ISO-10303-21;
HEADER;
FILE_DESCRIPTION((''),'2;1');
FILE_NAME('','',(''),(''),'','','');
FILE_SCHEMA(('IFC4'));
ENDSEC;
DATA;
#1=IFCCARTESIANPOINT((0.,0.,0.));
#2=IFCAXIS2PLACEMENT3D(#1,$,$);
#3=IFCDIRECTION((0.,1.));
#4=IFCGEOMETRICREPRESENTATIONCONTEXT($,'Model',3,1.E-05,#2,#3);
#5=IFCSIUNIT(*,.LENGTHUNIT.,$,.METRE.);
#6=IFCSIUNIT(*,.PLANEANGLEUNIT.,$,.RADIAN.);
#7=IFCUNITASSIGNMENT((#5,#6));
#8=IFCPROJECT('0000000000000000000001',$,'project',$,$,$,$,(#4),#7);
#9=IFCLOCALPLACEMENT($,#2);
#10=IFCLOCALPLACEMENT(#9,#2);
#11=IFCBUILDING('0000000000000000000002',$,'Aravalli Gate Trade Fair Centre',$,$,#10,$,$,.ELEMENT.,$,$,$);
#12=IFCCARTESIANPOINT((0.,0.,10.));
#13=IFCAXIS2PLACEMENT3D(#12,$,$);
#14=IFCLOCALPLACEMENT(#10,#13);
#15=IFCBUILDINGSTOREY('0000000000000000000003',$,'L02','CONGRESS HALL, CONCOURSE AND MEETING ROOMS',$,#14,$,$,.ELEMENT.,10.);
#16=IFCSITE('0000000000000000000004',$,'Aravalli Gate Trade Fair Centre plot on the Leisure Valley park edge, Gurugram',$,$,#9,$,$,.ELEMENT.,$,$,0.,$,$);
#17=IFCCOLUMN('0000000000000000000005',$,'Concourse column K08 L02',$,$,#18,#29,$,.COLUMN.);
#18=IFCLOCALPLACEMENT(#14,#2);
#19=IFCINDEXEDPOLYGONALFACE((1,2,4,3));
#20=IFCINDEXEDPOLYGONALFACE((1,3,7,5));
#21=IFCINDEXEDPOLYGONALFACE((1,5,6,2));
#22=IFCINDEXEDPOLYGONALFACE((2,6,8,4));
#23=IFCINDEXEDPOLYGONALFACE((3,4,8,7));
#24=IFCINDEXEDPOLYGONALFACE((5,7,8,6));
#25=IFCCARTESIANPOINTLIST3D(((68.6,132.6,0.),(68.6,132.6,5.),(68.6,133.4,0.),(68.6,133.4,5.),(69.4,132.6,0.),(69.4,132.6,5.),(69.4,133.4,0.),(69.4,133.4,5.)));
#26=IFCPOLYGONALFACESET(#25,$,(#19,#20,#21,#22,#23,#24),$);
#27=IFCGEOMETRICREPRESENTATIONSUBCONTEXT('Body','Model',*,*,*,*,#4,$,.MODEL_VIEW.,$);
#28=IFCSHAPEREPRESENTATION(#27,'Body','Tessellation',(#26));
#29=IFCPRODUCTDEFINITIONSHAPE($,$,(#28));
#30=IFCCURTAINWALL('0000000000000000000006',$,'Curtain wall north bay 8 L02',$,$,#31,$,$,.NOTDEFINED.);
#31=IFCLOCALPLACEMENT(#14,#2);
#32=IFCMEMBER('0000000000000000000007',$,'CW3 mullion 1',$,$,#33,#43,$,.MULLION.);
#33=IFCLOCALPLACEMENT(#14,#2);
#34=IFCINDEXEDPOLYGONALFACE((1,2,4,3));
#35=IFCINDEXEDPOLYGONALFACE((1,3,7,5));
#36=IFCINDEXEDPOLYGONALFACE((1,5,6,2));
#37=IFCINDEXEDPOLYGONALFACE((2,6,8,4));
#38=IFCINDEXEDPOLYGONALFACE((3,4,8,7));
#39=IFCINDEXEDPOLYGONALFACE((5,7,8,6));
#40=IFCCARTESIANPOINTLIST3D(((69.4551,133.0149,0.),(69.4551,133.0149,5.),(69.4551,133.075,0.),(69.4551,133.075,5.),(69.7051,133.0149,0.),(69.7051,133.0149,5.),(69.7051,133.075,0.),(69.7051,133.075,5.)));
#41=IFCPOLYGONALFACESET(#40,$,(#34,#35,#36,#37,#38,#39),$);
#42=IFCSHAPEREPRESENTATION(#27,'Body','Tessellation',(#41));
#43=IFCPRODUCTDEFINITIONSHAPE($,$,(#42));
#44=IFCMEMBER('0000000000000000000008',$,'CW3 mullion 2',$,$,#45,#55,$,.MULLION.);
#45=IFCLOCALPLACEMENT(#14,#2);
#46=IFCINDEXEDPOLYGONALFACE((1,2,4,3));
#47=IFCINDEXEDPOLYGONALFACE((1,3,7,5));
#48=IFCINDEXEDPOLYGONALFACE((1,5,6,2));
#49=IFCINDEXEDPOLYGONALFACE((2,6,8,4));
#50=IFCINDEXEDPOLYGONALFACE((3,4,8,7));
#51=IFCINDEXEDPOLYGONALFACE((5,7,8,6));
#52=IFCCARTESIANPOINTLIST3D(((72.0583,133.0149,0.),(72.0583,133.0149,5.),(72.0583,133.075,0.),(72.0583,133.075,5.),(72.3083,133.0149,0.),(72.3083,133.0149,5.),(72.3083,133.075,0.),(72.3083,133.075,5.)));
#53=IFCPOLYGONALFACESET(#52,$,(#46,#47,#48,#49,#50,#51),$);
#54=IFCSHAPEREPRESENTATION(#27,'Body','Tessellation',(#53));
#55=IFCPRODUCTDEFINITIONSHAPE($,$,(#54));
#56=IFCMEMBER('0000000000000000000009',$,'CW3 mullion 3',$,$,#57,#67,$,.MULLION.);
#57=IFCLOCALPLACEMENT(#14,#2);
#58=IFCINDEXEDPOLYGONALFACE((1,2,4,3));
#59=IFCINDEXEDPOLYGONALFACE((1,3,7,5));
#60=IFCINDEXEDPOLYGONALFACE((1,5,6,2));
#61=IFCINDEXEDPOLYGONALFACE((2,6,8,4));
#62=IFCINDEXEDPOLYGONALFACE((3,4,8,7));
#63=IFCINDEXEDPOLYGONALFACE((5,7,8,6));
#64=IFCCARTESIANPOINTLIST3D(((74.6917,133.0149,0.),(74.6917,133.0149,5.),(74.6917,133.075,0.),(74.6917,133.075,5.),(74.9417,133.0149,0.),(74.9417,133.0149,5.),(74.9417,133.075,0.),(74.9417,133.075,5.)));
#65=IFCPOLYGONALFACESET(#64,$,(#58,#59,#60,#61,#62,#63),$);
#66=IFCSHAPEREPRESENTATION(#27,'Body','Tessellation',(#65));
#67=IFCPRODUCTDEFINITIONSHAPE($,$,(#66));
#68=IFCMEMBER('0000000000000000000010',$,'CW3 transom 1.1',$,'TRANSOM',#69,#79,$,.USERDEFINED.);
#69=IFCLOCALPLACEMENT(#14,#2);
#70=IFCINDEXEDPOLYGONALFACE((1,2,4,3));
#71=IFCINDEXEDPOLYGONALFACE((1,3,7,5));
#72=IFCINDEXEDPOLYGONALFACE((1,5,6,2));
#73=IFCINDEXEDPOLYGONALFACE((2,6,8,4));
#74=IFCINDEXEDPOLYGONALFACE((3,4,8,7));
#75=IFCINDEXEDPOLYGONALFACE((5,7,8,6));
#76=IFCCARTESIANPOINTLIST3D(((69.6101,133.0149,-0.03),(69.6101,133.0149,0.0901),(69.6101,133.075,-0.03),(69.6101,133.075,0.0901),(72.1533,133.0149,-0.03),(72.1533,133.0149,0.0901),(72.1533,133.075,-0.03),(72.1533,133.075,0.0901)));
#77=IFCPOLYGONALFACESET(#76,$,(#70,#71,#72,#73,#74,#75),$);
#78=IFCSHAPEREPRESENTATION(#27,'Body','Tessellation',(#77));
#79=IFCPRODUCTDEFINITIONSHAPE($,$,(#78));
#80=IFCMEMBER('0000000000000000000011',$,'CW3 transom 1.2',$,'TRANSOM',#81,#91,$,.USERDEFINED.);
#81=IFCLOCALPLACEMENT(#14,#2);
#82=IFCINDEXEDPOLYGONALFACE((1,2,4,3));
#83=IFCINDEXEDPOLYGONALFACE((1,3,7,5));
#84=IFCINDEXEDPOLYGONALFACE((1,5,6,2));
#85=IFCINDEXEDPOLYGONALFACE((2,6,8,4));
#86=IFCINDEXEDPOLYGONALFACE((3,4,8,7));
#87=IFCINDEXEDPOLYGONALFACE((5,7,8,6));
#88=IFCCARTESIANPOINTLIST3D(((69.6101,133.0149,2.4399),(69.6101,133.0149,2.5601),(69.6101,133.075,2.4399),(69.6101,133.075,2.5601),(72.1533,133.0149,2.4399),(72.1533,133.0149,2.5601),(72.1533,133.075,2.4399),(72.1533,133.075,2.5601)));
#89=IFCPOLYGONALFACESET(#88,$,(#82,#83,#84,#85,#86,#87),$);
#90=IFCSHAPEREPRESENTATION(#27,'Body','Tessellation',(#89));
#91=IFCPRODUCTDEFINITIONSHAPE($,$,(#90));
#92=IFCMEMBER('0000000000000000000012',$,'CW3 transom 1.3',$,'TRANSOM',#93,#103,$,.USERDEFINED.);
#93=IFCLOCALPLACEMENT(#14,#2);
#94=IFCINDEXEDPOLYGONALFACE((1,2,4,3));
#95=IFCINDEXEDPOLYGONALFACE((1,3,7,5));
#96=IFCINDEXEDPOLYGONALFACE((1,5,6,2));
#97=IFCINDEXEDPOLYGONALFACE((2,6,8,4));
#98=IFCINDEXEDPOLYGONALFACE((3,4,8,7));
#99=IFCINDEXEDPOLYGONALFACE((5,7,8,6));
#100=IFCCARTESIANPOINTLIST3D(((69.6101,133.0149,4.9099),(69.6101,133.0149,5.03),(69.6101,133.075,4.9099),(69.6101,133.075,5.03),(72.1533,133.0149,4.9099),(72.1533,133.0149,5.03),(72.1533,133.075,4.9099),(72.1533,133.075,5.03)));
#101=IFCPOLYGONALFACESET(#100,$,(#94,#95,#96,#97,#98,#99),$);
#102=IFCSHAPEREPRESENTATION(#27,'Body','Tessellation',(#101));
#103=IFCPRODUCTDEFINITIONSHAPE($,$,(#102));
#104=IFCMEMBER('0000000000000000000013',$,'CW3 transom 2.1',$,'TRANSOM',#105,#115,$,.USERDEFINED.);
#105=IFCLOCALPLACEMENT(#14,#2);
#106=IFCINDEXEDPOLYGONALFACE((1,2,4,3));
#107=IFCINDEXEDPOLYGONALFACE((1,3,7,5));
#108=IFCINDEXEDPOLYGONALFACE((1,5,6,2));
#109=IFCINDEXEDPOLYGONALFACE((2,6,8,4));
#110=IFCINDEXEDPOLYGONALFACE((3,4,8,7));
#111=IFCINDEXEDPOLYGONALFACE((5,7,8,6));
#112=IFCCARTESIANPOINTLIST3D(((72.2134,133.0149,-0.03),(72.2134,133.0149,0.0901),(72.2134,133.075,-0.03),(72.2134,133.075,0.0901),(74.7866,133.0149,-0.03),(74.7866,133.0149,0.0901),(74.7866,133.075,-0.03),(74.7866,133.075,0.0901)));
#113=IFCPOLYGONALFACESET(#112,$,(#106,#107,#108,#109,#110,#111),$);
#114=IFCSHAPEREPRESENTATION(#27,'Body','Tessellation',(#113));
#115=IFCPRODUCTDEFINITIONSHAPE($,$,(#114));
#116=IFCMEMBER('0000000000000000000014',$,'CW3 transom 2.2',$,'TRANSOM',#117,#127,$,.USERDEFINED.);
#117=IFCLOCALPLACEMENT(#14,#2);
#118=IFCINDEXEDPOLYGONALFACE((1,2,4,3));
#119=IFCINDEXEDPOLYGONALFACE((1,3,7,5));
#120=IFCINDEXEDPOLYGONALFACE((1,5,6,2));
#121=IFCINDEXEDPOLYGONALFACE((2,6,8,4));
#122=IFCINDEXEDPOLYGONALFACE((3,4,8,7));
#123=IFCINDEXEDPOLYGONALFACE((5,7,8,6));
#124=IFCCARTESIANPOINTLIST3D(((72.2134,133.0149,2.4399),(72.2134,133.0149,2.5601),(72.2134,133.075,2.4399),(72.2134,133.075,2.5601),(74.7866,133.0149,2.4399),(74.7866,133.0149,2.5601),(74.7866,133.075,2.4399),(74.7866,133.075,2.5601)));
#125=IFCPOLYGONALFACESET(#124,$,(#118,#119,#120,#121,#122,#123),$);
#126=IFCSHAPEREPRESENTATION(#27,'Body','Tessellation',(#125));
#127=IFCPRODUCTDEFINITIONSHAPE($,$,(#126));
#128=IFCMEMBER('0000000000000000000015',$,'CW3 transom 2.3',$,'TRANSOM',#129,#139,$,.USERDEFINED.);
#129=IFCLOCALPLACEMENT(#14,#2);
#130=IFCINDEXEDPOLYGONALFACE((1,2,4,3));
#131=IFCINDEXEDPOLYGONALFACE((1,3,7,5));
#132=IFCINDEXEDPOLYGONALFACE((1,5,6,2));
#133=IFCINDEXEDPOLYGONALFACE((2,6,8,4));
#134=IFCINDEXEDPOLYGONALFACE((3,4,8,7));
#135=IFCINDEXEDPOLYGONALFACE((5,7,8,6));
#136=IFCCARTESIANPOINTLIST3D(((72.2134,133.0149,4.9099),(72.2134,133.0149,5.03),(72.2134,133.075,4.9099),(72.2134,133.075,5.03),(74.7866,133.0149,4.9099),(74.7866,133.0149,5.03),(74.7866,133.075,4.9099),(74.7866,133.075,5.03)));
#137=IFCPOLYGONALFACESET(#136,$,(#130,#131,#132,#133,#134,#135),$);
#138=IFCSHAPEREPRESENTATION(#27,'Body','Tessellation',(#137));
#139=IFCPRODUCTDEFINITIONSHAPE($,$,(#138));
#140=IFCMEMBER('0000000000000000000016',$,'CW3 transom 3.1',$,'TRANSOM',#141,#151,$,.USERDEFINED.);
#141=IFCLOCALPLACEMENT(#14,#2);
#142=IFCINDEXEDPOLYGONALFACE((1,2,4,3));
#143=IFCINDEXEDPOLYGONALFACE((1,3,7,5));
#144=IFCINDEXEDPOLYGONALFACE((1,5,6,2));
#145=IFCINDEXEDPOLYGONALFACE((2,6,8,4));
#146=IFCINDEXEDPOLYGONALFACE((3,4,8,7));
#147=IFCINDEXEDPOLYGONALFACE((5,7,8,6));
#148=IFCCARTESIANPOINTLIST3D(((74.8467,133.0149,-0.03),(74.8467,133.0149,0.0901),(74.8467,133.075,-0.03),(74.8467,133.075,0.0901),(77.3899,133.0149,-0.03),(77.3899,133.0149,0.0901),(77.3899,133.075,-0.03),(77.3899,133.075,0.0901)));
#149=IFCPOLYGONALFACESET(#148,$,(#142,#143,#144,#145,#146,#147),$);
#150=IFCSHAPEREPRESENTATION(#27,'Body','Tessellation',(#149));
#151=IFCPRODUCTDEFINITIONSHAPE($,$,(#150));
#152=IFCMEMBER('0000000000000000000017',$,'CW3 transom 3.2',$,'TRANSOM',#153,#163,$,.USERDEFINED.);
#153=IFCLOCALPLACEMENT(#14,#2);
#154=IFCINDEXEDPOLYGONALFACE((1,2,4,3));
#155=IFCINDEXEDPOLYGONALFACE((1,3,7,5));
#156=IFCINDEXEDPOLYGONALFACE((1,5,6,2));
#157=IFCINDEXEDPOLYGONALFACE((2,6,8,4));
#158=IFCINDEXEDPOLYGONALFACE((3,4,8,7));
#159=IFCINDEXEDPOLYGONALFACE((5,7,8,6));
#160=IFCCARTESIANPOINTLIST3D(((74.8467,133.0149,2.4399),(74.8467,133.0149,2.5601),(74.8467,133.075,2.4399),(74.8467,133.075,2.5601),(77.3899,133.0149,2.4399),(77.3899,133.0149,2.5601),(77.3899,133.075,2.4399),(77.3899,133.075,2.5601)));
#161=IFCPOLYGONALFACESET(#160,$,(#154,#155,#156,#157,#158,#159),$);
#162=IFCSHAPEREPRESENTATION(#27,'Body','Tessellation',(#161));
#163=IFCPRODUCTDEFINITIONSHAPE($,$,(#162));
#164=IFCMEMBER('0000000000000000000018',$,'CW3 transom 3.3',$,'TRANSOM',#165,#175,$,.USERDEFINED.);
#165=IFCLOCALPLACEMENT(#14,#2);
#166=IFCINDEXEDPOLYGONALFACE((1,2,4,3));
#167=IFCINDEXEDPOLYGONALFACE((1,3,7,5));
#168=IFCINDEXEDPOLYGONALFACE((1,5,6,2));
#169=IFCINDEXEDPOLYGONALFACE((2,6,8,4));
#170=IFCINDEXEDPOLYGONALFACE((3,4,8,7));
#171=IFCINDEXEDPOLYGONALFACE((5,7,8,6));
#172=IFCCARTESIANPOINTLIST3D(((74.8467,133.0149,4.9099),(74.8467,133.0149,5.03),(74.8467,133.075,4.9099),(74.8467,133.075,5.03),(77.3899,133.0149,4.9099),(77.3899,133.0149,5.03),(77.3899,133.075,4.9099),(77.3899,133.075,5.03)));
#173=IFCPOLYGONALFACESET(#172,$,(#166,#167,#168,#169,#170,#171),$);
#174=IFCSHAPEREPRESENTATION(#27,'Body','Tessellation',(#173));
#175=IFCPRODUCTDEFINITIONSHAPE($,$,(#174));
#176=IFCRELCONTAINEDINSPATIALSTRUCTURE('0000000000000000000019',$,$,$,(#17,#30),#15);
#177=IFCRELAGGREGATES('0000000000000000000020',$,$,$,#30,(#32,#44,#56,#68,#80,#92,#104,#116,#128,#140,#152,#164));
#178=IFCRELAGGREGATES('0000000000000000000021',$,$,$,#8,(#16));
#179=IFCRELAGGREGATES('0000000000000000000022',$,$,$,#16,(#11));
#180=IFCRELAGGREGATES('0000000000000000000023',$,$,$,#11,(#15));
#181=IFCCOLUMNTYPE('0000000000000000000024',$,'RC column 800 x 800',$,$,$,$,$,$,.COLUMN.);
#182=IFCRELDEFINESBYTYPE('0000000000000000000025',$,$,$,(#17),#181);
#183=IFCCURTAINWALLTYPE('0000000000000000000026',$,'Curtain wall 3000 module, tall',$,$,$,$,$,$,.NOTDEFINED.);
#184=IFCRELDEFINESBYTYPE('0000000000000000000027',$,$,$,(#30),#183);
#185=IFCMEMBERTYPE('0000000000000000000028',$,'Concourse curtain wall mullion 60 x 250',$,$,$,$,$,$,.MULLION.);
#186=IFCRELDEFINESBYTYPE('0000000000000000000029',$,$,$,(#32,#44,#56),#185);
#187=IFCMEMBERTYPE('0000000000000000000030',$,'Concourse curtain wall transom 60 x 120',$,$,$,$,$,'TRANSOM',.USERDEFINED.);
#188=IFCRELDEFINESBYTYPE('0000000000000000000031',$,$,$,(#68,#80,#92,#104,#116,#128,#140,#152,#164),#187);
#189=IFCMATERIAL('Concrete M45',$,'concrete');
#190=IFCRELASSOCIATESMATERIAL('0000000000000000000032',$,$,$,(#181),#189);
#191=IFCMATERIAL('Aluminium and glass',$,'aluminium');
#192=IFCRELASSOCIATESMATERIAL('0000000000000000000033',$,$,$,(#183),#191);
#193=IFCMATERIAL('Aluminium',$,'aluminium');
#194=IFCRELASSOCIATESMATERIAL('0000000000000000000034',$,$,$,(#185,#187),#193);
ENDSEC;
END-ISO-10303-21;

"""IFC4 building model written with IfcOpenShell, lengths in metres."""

from ifc_helpers import new_model, si_unit, direction, frame, origin, origin_2d, place, context, subcontext, project, spatial, rectangle, extrude, material, material_profile, profile_set, type_object, element, aggregate, save


model = new_model("IFC4")

# Units and contexts
model_context = context("Model", 3, precision=1e-05, world=origin(), true_north=direction((0.0, 1.0)))
body_context = subcontext(model_context, "Body", "Model", "MODEL_VIEW")
ifc_project = project(units=[si_unit("LENGTHUNIT", "METRE"), si_unit("PLANEANGLEUNIT", "RADIAN")], contexts=[model_context])

# Site, building, storey
site_placement = place(None, origin())
site = spatial("IfcSite", under=ifc_project, at=site_placement, Name="Aravalli Gate Trade Fair Centre plot on the Leisure Valley park edge, Gurugram", CompositionType="ELEMENT", RefElevation=0.0)
building_placement = place(site_placement, origin())
building = spatial("IfcBuilding", under=site, at=building_placement, Name="Aravalli Gate Trade Fair Centre", CompositionType="ELEMENT")
storey_placement = place(building_placement, frame((0.0, 0.0, 10.0)))
storey = spatial("IfcBuildingStorey", under=building, at=storey_placement, Name="L02", Description="CONGRESS HALL, CONCOURSE AND MEETING ROOMS", CompositionType="ELEMENT", Elevation=10.0)

# Column
ifc_material_1 = material(Name="Concrete M45", Category="concrete")
ifc_material_profile_1 = material_profile(ifc_material_1, rectangle(XDim=0.8, YDim=0.8, at=origin_2d()), Name="RC column 800 x 800")
ifc_profile_set_1 = profile_set([ifc_material_profile_1], Name="Concrete M45")
column_type = type_object("IfcColumnType", Name="RC column 800 x 800", PredefinedType="COLUMN", material=ifc_profile_set_1)
column_placement = place(storey_placement, frame((69.0, 133.0, 0.0), z_axis=(0.0, 0.0, 1.0), x_axis=(1.0, 0.0, 0.0)))
element("IfcColumn", 1, at=column_placement, inside=storey, type_object=column_type, Name="Concourse column K08 L02", PredefinedType="COLUMN", context=body_context, shape_type="SweptSolid", body=[
    extrude(rectangle(XDim=0.8, YDim=0.8, at=origin_2d()), origin(), (0.0, 0.0, 1.0), 5.0),
])

# Curtain wall, members
ifc_material_2 = material(Name="Aluminium and glass", Category="aluminium")
curtain_wall_type = type_object("IfcCurtainWallType", Name="Curtain wall 3000 module, tall", PredefinedType="NOTDEFINED", material=ifc_material_2)
curtain_wall_placement = place(storey_placement, origin())
curtain_wall = element("IfcCurtainWall", 2, at=curtain_wall_placement, inside=storey, type_object=curtain_wall_type, Name="Curtain wall north bay 8 L02", PredefinedType="NOTDEFINED")
ifc_material_3 = material(Name="Aluminium", Category="aluminium")
ifc_material_profile_2 = material_profile(ifc_material_3, rectangle(XDim=0.0601, YDim=0.25, at=origin_2d()), Name="Concourse curtain wall mullion 60 x 250")
ifc_profile_set_2 = profile_set([ifc_material_profile_2], Name="Aluminium")
member_type_1 = type_object("IfcMemberType", Name="Concourse curtain wall mullion 60 x 250", PredefinedType="MULLION", material=ifc_profile_set_2)
member_1_placement = place(storey_placement, frame((69.5801, 133.0449, 0.0), z_axis=(0.0, 0.0, 1.0), x_axis=(0.0, 1.0, 0.0)))
member_1 = element("IfcMember", 3, at=member_1_placement, type_object=member_type_1, Name="CW3 mullion 1", PredefinedType="MULLION", context=body_context, shape_type="SweptSolid", body=[
    extrude(rectangle(XDim=0.0601, YDim=0.25, at=origin_2d()), origin(), (0.0, 0.0, 1.0), 5.0),
])
member_2_placement = place(storey_placement, frame((72.1833, 133.0449, 0.0), z_axis=(0.0, 0.0, 1.0), x_axis=(0.0, 1.0, 0.0)))
member_2 = element("IfcMember", 4, at=member_2_placement, type_object=member_type_1, Name="CW3 mullion 2", PredefinedType="MULLION", context=body_context, shape_type="SweptSolid", body=[
    extrude(rectangle(XDim=0.0601, YDim=0.25, at=origin_2d()), origin(), (0.0, 0.0, 1.0), 5.0),
])
member_3_placement = place(storey_placement, frame((74.8167, 133.0449, 0.0), z_axis=(0.0, 0.0, 1.0), x_axis=(0.0, 1.0, 0.0)))
member_3 = element("IfcMember", 5, at=member_3_placement, type_object=member_type_1, Name="CW3 mullion 3", PredefinedType="MULLION", context=body_context, shape_type="SweptSolid", body=[
    extrude(rectangle(XDim=0.0601, YDim=0.25, at=origin_2d()), origin(), (0.0, 0.0, 1.0), 5.0),
])
ifc_material_profile_3 = material_profile(ifc_material_3, rectangle(XDim=0.0601, YDim=0.1201, at=origin_2d()), Name="Concourse curtain wall transom 60 x 120")
ifc_profile_set_3 = profile_set([ifc_material_profile_3], Name="Aluminium")
member_type_2 = type_object("IfcMemberType", Name="Concourse curtain wall transom 60 x 120", ElementType="TRANSOM", PredefinedType="USERDEFINED", material=ifc_profile_set_3)
member_4_placement = place(storey_placement, frame((69.6101, 133.0449, 0.03), z_axis=(1.0, 0.0, 0.0), x_axis=(0.0, 1.0, 0.0)))
member_4 = element("IfcMember", 6, at=member_4_placement, type_object=member_type_2, Name="CW3 transom 1.1", ObjectType="TRANSOM", PredefinedType="USERDEFINED", context=body_context, shape_type="SweptSolid", body=[
    extrude(rectangle(XDim=0.0601, YDim=0.1201, at=origin_2d()), origin(), (0.0, 0.0, 1.0), 2.5432),
])
member_5_placement = place(storey_placement, frame((69.6101, 133.0449, 2.5), z_axis=(1.0, 0.0, 0.0), x_axis=(0.0, 1.0, 0.0)))
member_5 = element("IfcMember", 7, at=member_5_placement, type_object=member_type_2, Name="CW3 transom 1.2", ObjectType="TRANSOM", PredefinedType="USERDEFINED", context=body_context, shape_type="SweptSolid", body=[
    extrude(rectangle(XDim=0.0601, YDim=0.1201, at=origin_2d()), origin(), (0.0, 0.0, 1.0), 2.5432),
])
member_6_placement = place(storey_placement, frame((69.6101, 133.0449, 4.97), z_axis=(1.0, 0.0, 0.0), x_axis=(0.0, 1.0, 0.0)))
member_6 = element("IfcMember", 8, at=member_6_placement, type_object=member_type_2, Name="CW3 transom 1.3", ObjectType="TRANSOM", PredefinedType="USERDEFINED", context=body_context, shape_type="SweptSolid", body=[
    extrude(rectangle(XDim=0.0601, YDim=0.1201, at=origin_2d()), origin(), (0.0, 0.0, 1.0), 2.5432),
])
member_7_placement = place(storey_placement, frame((72.2134, 133.0449, 0.03), z_axis=(1.0, 0.0, 0.0), x_axis=(0.0, 1.0, 0.0)))
member_7 = element("IfcMember", 9, at=member_7_placement, type_object=member_type_2, Name="CW3 transom 2.1", ObjectType="TRANSOM", PredefinedType="USERDEFINED", context=body_context, shape_type="SweptSolid", body=[
    extrude(rectangle(XDim=0.0601, YDim=0.1201, at=origin_2d()), origin(), (0.0, 0.0, 1.0), 2.5732),
])
member_8_placement = place(storey_placement, frame((72.2134, 133.0449, 2.5), z_axis=(1.0, 0.0, 0.0), x_axis=(0.0, 1.0, 0.0)))
member_8 = element("IfcMember", 10, at=member_8_placement, type_object=member_type_2, Name="CW3 transom 2.2", ObjectType="TRANSOM", PredefinedType="USERDEFINED", context=body_context, shape_type="SweptSolid", body=[
    extrude(rectangle(XDim=0.0601, YDim=0.1201, at=origin_2d()), origin(), (0.0, 0.0, 1.0), 2.5732),
])
member_9_placement = place(storey_placement, frame((72.2134, 133.0449, 4.97), z_axis=(1.0, 0.0, 0.0), x_axis=(0.0, 1.0, 0.0)))
member_9 = element("IfcMember", 11, at=member_9_placement, type_object=member_type_2, Name="CW3 transom 2.3", ObjectType="TRANSOM", PredefinedType="USERDEFINED", context=body_context, shape_type="SweptSolid", body=[
    extrude(rectangle(XDim=0.0601, YDim=0.1201, at=origin_2d()), origin(), (0.0, 0.0, 1.0), 2.5732),
])
member_10_placement = place(storey_placement, frame((74.8467, 133.0449, 0.03), z_axis=(1.0, 0.0, 0.0), x_axis=(0.0, 1.0, 0.0)))
member_10 = element("IfcMember", 12, at=member_10_placement, type_object=member_type_2, Name="CW3 transom 3.1", ObjectType="TRANSOM", PredefinedType="USERDEFINED", context=body_context, shape_type="SweptSolid", body=[
    extrude(rectangle(XDim=0.0601, YDim=0.1201, at=origin_2d()), origin(), (0.0, 0.0, 1.0), 2.5432),
])
member_11_placement = place(storey_placement, frame((74.8467, 133.0449, 2.5), z_axis=(1.0, 0.0, 0.0), x_axis=(0.0, 1.0, 0.0)))
member_11 = element("IfcMember", 13, at=member_11_placement, type_object=member_type_2, Name="CW3 transom 3.2", ObjectType="TRANSOM", PredefinedType="USERDEFINED", context=body_context, shape_type="SweptSolid", body=[
    extrude(rectangle(XDim=0.0601, YDim=0.1201, at=origin_2d()), origin(), (0.0, 0.0, 1.0), 2.5432),
])
member_12_placement = place(storey_placement, frame((74.8467, 133.0449, 4.97), z_axis=(1.0, 0.0, 0.0), x_axis=(0.0, 1.0, 0.0)))
member_12 = element("IfcMember", 14, at=member_12_placement, type_object=member_type_2, Name="CW3 transom 3.3", ObjectType="TRANSOM", PredefinedType="USERDEFINED", context=body_context, shape_type="SweptSolid", body=[
    extrude(rectangle(XDim=0.0601, YDim=0.1201, at=origin_2d()), origin(), (0.0, 0.0, 1.0), 2.5432),
])

aggregate(curtain_wall, [member_1, member_2, member_3, member_4, member_5, member_6, member_7, member_8, member_9, member_10, member_11, member_12])

save(model, "model.ifc")
